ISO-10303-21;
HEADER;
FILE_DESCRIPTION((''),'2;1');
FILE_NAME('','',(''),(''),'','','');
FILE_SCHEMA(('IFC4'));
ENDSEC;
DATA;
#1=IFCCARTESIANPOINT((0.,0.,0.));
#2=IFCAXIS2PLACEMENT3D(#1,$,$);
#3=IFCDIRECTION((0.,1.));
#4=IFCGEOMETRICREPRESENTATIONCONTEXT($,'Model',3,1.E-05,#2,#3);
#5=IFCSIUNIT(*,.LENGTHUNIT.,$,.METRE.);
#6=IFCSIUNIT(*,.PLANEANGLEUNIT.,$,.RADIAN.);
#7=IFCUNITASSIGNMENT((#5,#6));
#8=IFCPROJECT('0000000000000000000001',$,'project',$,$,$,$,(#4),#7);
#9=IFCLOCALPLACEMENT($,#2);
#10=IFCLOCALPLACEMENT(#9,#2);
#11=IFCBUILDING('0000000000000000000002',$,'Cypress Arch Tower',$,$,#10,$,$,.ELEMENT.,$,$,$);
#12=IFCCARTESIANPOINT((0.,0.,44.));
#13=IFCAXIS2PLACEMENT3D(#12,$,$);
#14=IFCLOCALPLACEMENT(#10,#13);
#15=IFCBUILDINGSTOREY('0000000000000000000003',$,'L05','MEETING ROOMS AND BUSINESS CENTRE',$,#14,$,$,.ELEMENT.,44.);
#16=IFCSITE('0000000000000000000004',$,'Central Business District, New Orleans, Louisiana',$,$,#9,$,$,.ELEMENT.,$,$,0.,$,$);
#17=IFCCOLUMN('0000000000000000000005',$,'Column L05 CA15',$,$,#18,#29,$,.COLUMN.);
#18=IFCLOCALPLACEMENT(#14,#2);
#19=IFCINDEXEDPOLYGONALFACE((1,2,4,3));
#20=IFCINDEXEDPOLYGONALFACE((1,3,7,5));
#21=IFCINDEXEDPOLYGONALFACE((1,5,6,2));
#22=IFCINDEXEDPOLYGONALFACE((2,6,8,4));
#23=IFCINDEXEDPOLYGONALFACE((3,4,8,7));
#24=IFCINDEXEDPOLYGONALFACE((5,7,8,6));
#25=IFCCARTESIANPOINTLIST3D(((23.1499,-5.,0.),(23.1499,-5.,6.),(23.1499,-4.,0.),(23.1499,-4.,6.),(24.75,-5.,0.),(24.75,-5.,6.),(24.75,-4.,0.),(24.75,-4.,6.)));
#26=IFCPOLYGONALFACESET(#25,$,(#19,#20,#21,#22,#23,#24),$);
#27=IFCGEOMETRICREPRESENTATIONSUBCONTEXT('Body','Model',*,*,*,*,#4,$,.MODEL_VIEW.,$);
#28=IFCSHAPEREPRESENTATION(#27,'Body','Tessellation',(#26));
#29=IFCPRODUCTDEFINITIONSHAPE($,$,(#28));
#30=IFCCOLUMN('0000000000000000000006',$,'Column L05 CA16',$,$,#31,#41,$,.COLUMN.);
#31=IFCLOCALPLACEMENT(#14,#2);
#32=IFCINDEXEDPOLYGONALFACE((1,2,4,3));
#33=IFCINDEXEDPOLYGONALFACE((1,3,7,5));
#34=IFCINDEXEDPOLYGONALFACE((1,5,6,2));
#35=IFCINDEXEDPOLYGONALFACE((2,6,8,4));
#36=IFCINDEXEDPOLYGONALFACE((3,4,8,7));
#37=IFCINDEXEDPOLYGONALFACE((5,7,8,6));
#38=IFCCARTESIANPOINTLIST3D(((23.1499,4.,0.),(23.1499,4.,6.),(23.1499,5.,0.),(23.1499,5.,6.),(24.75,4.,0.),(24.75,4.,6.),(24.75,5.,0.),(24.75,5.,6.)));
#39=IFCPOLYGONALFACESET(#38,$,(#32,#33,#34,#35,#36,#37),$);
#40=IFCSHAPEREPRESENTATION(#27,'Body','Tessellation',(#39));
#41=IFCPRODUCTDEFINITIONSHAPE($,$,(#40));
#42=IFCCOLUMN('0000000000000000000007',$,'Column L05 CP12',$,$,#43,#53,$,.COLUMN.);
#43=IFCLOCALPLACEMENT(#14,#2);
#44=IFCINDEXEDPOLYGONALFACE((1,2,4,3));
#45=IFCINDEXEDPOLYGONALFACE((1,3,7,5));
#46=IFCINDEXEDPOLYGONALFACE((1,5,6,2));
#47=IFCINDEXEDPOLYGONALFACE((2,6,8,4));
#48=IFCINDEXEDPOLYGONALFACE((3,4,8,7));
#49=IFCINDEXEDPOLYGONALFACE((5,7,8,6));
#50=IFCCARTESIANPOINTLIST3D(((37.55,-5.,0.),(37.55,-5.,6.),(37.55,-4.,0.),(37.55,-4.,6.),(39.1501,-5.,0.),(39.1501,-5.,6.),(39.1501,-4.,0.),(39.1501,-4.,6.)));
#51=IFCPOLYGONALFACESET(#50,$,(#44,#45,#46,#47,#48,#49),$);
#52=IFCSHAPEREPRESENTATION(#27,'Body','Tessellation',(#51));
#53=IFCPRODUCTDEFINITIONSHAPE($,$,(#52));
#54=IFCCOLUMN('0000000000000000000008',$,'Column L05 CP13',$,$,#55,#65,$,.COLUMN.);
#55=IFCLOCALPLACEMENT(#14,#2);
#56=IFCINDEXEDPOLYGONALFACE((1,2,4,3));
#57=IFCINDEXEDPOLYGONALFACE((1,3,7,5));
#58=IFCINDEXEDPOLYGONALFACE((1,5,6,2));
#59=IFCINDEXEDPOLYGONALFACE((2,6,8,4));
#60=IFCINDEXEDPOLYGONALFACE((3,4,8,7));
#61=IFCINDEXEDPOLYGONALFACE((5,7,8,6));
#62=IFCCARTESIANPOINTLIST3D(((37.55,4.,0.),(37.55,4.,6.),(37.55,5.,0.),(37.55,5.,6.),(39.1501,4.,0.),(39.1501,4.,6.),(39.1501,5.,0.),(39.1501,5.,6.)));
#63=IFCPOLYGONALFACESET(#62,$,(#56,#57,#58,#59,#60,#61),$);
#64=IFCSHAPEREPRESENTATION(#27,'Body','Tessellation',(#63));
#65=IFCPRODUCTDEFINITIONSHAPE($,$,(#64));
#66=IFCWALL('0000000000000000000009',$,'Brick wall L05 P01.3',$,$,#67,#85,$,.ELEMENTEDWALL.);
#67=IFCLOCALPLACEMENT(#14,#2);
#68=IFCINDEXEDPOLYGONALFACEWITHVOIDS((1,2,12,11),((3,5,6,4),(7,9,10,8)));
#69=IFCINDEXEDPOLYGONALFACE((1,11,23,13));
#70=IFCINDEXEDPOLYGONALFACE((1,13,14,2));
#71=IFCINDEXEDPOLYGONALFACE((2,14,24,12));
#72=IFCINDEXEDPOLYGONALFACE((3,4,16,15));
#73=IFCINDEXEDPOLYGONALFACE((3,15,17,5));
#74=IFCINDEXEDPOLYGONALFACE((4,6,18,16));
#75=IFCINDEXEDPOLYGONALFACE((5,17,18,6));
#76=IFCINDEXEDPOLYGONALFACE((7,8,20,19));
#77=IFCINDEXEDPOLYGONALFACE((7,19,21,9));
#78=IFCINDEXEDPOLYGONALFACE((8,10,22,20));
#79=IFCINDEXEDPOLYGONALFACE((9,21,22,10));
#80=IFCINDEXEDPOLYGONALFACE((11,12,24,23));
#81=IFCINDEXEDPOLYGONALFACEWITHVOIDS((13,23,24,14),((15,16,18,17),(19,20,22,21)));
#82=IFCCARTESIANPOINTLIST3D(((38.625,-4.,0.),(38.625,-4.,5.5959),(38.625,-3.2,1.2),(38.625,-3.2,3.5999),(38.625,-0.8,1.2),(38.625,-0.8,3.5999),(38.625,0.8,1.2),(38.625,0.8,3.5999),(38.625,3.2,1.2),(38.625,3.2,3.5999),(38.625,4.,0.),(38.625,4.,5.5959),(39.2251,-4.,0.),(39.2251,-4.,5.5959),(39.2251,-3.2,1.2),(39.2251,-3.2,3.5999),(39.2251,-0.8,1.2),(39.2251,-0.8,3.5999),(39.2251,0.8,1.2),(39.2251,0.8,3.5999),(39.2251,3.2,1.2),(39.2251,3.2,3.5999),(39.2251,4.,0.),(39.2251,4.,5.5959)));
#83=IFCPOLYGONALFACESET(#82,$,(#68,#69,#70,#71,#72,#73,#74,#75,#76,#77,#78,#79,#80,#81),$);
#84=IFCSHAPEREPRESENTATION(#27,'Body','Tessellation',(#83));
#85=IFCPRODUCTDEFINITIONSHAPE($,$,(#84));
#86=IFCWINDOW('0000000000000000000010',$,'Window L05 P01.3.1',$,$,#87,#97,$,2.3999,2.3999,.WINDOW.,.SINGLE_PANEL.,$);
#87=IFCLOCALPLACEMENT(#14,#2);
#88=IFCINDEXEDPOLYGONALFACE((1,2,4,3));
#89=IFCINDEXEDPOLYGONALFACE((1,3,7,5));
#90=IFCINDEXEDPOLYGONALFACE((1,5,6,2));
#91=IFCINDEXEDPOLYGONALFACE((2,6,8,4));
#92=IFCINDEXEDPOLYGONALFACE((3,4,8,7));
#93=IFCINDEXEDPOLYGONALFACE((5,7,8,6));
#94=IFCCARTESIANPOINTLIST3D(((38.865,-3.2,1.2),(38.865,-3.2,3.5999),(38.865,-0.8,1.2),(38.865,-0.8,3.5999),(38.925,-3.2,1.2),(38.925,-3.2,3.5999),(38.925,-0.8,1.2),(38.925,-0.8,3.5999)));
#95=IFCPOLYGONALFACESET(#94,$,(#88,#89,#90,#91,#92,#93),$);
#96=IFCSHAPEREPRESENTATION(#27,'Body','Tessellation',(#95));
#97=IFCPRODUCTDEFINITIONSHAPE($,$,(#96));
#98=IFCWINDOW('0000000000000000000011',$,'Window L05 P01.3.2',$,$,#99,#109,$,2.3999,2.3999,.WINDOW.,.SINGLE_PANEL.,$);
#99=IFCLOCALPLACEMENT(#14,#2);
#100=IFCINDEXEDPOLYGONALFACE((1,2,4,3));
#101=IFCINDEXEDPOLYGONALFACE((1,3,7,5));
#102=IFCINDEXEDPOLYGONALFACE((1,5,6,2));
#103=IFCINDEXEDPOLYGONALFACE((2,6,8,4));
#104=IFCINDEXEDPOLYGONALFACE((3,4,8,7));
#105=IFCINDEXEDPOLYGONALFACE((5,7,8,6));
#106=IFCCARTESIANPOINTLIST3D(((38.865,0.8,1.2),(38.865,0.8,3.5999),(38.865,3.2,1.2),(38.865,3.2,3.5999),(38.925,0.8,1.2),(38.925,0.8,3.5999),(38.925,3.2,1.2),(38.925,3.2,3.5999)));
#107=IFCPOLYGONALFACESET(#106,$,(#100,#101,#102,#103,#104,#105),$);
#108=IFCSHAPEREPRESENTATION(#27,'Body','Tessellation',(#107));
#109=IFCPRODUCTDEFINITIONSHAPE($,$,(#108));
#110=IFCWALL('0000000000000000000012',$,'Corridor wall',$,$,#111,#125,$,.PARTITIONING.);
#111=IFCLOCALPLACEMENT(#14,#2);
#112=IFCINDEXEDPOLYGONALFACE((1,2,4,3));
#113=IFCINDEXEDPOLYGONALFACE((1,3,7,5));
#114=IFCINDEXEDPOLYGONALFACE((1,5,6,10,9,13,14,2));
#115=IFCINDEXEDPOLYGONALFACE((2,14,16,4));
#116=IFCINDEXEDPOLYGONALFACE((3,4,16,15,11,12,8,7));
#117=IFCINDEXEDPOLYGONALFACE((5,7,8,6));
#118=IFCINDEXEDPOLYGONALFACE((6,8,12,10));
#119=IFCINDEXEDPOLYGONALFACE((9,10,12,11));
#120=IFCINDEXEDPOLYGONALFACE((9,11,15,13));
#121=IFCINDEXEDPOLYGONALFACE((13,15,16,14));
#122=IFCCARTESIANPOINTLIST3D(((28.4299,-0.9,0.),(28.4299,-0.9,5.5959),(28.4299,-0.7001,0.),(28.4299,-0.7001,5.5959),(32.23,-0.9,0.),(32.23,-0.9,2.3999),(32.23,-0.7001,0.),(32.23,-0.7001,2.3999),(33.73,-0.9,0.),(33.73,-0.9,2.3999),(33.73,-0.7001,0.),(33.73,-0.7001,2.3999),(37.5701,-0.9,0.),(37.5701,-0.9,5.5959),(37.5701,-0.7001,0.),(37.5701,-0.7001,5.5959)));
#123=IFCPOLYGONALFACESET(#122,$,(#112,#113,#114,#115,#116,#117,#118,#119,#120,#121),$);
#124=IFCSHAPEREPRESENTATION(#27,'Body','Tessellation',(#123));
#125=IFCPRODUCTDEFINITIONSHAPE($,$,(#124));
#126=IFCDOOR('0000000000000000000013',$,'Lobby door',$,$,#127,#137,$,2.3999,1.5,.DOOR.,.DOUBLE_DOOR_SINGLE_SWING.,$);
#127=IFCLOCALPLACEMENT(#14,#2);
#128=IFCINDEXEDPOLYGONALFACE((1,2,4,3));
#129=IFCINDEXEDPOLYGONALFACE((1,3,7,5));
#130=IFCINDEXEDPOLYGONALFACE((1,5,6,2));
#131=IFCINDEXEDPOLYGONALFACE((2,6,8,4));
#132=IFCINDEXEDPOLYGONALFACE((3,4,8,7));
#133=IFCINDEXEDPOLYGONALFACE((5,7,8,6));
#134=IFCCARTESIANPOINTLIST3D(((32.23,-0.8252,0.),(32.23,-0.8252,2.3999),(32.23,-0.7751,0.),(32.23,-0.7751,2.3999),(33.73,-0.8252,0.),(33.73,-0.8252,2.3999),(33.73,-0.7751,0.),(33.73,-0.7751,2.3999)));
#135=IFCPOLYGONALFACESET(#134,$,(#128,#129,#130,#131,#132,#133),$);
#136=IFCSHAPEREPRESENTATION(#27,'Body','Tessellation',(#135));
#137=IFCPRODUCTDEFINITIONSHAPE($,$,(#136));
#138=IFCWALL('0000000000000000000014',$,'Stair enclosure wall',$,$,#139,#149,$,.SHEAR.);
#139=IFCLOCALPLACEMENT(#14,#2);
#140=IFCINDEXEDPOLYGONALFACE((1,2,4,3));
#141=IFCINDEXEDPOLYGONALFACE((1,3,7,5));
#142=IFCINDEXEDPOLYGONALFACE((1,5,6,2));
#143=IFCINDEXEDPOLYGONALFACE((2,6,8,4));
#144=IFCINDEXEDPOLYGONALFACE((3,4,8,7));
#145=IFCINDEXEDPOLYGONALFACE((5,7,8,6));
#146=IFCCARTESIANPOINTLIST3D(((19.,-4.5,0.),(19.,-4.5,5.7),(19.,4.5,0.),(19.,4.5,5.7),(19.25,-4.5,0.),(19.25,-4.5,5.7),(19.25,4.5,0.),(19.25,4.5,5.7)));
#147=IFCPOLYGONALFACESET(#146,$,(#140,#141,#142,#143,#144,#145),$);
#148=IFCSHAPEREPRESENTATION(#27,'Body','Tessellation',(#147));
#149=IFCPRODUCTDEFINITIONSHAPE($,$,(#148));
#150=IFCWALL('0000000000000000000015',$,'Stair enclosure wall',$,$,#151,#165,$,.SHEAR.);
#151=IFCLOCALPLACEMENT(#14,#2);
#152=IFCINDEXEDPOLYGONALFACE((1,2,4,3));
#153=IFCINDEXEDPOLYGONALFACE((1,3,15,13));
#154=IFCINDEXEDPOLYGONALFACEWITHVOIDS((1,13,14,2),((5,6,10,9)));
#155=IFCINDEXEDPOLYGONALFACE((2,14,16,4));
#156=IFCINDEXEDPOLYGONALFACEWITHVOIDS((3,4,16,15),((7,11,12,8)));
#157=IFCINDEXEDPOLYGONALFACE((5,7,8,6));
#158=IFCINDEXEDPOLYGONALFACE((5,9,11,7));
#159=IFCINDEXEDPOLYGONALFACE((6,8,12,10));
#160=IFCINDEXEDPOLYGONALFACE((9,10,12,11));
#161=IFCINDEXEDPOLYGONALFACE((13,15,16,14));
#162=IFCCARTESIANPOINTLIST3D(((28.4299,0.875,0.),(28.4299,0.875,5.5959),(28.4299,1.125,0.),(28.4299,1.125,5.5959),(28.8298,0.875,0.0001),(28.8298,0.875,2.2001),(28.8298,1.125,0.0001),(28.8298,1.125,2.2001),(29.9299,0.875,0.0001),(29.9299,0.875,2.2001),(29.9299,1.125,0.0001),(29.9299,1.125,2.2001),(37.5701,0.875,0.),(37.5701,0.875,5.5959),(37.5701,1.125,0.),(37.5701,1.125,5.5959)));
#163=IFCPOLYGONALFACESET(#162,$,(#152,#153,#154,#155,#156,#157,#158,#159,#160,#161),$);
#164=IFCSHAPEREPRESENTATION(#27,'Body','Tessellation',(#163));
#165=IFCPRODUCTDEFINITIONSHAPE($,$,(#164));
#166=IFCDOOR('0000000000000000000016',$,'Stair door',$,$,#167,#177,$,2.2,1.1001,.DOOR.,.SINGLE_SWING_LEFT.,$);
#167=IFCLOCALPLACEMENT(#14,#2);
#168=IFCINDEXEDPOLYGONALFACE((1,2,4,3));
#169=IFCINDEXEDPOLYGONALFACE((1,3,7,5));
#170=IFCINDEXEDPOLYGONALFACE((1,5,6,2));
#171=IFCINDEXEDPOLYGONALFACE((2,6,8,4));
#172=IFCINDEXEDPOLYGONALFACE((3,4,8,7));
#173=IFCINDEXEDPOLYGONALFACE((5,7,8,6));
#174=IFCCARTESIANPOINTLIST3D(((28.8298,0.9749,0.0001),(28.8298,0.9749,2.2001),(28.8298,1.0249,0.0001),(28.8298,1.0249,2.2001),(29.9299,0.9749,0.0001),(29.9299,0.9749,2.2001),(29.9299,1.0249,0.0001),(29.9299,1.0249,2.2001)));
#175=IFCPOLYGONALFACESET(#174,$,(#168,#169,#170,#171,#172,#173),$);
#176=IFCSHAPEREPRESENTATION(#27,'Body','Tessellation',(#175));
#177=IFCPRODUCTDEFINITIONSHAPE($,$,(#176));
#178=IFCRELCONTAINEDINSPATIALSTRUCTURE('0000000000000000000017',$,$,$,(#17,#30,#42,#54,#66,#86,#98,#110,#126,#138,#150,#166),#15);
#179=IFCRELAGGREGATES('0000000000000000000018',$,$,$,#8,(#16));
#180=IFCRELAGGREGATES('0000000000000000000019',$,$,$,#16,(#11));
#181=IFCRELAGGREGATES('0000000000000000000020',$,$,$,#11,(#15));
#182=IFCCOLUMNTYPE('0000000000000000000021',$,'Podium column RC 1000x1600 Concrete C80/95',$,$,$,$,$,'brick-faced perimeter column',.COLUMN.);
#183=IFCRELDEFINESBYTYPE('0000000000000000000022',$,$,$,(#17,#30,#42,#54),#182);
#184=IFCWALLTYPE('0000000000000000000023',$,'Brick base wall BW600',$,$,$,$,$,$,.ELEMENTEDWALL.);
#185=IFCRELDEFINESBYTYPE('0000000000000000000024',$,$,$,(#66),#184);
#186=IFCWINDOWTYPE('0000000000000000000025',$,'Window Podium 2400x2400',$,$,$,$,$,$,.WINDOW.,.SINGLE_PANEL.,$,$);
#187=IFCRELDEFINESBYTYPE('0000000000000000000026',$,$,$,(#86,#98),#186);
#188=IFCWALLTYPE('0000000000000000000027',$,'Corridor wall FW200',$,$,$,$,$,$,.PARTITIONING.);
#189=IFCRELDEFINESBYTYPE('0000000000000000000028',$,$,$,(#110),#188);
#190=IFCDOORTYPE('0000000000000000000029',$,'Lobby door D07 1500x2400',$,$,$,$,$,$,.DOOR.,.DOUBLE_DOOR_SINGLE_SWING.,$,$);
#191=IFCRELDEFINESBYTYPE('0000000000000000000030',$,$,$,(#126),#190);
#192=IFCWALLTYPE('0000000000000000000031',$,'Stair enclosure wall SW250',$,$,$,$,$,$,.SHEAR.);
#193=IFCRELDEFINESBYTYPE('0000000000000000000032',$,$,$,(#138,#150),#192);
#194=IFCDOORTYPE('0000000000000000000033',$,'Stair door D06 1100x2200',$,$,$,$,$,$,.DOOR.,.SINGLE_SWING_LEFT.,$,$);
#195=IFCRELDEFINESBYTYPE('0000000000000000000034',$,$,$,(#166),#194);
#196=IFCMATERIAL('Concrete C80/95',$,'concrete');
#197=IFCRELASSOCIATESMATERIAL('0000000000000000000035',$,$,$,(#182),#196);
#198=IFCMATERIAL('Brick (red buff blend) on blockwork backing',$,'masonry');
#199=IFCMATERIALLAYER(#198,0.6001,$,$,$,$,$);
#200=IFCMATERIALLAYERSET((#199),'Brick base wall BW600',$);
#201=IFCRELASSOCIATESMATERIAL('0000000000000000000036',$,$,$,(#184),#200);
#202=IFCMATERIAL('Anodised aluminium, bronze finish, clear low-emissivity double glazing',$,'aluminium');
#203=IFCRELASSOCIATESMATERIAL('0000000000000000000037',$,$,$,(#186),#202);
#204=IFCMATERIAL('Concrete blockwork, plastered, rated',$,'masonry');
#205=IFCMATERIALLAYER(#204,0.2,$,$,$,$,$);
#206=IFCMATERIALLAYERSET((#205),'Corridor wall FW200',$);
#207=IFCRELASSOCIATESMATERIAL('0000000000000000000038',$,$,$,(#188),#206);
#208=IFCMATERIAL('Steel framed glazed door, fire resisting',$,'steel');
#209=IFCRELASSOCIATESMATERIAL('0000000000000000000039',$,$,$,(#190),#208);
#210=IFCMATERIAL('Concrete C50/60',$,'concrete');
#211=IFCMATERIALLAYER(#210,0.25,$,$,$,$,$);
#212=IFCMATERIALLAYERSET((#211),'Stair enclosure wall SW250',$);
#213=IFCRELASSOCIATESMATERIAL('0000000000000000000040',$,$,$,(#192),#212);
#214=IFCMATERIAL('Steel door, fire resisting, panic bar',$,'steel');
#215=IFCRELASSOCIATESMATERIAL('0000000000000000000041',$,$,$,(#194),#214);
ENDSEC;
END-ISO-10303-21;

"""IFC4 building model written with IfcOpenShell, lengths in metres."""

from ifc_helpers import new_model, si_unit, direction, frame, frame_2d, origin, origin_2d, place, context, subcontext, project, spatial, rectangle, extrude, material, layer, layer_set, material_profile, profile_set, type_object, element, fill, save


model = new_model("IFC4")

# Units and contexts
model_context = context("Model", 3, precision=1e-05, world=origin(), true_north=direction((0.0, 1.0)))
body_context = subcontext(model_context, "Body", "Model", "MODEL_VIEW")
ifc_project = project(units=[si_unit("LENGTHUNIT", "METRE"), si_unit("PLANEANGLEUNIT", "RADIAN")], contexts=[model_context])

# Site, building, storey
site_placement = place(None, origin())
site = spatial("IfcSite", under=ifc_project, at=site_placement, Name="Central Business District, New Orleans, Louisiana", CompositionType="ELEMENT", RefElevation=0.0)
building_placement = place(site_placement, origin())
building = spatial("IfcBuilding", under=site, at=building_placement, Name="Cypress Arch Tower", CompositionType="ELEMENT")
storey_placement = place(building_placement, frame((0.0, 0.0, 44.0)))
storey = spatial("IfcBuildingStorey", under=building, at=storey_placement, Name="L05", Description="MEETING ROOMS AND BUSINESS CENTRE", CompositionType="ELEMENT", Elevation=44.0)

# Columns
ifc_material_1 = material(Name="Concrete C80/95", Category="concrete")
ifc_material_profile = material_profile(ifc_material_1, rectangle(XDim=1.0, YDim=1.6001, at=origin_2d()), Name="RC 1000x1600")
ifc_profile_set = profile_set([ifc_material_profile], Name="Concrete C80/95")
column_type = type_object("IfcColumnType", Name="Podium column RC 1000x1600 Concrete C80/95", ElementType="brick-faced perimeter column", PredefinedType="COLUMN", material=ifc_profile_set)
for number, where, z_axis, x_axis, name in (
    (1, (23.95, -4.5, 0.0), (0.0, 0.0, 1.0), (0.0, 1.0, 0.0), "Column L05 CA15"),
    (2, (23.95, 4.5, 0.0), (0.0, 0.0, 1.0), (0.0, 1.0, 0.0), "Column L05 CA16"),
    (3, (38.3501, -4.5, 0.0), (0.0, 0.0, 1.0), (0.0, 1.0, 0.0), "Column L05 CP12"),
    (4, (38.3501, 4.5, 0.0), (0.0, 0.0, 1.0), (0.0, 1.0, 0.0), "Column L05 CP13"),
):
    element("IfcColumn", number, at=place(storey_placement, frame(where, z_axis=z_axis, x_axis=x_axis)), inside=storey, type_object=column_type, Name=name, PredefinedType="COLUMN", context=body_context, shape_type="SweptSolid", body=[
        extrude(rectangle(XDim=1.0, YDim=1.6001, at=origin_2d()), origin(), (0.0, 0.0, 1.0), 6.0),
    ])

# Wall, openings, windows
ifc_material_2 = material(Name="Brick (red buff blend) on blockwork backing", Category="masonry")
ifc_layer_1 = layer(ifc_material_2, 0.6001)
ifc_layer_set_1 = layer_set([ifc_layer_1], Name="Brick base wall BW600")
wall_type_1 = type_object("IfcWallType", Name="Brick base wall BW600", PredefinedType="ELEMENTEDWALL", material=ifc_layer_set_1)
wall_1_placement = place(storey_placement, frame((38.925, -4.0, 0.0), z_axis=(0.0, 0.0, 1.0), x_axis=(0.0, 1.0, 0.0)))
wall_1 = element("IfcWall", 5, at=wall_1_placement, inside=storey, type_object=wall_type_1, Name="Brick wall L05 P01.3", PredefinedType="ELEMENTEDWALL", context=body_context, shape_type="SweptSolid", body=[
    extrude(rectangle(XDim=8.0, YDim=0.6001, at=frame_2d((4.0, 0.0))), origin(), (0.0, 0.0, 1.0), 5.5959),
])
opening_1_placement = place(wall_1_placement, frame((0.8, 0.0, 1.2)))
opening_1 = element("IfcOpeningElement", 6, at=opening_1_placement, cuts=wall_1, PredefinedType="OPENING", context=body_context, shape_type="SweptSolid", body=[
    extrude(rectangle(XDim=2.3999, YDim=2.3999, at=frame_2d((1.2, 1.2))), frame((0.0, 0.3101, 0.0), z_axis=(0.0, -1.0, 0.0), x_axis=(1.0, 0.0, 0.0)), (0.0, 0.0, 1.0), 0.6201),
])
opening_2_placement = place(wall_1_placement, frame((4.8, 0.0, 1.2)))
opening_2 = element("IfcOpeningElement", 7, at=opening_2_placement, cuts=wall_1, PredefinedType="OPENING", context=body_context, shape_type="SweptSolid", body=[
    extrude(rectangle(XDim=2.3999, YDim=2.3999, at=frame_2d((1.2, 1.2))), frame((0.0, 0.3101, 0.0), z_axis=(0.0, -1.0, 0.0), x_axis=(1.0, 0.0, 0.0)), (0.0, 0.0, 1.0), 0.6201),
])
ifc_material_3 = material(Name="Anodised aluminium, bronze finish, clear low-emissivity double glazing", Category="aluminium")
window_type = type_object("IfcWindowType", Name="Window Podium 2400x2400", PartitioningType="SINGLE_PANEL", PredefinedType="WINDOW", material=ifc_material_3)
window_1_placement = place(opening_1_placement, origin())
window_1 = element("IfcWindow", 8, at=window_1_placement, inside=storey, type_object=window_type, Name="Window L05 P01.3.1", OverallHeight=2.3999, OverallWidth=2.3999, PartitioningType="SINGLE_PANEL", PredefinedType="WINDOW", context=body_context, shape_type="SweptSolid", body=[
    extrude(rectangle(XDim=2.3999, YDim=2.3999, at=frame_2d((1.2, 1.2))), frame((0.0, 0.0601, 0.0), z_axis=(0.0, -1.0, 0.0), x_axis=(1.0, 0.0, 0.0)), (0.0, 0.0, 1.0), 0.0601),
])
fill(opening_1, window_1)
window_2_placement = place(opening_2_placement, origin())
window_2 = element("IfcWindow", 9, at=window_2_placement, inside=storey, type_object=window_type, Name="Window L05 P01.3.2", OverallHeight=2.3999, OverallWidth=2.3999, PartitioningType="SINGLE_PANEL", PredefinedType="WINDOW", context=body_context, shape_type="SweptSolid", body=[
    extrude(rectangle(XDim=2.3999, YDim=2.3999, at=frame_2d((1.2, 1.2))), frame((0.0, 0.0601, 0.0), z_axis=(0.0, -1.0, 0.0), x_axis=(1.0, 0.0, 0.0)), (0.0, 0.0, 1.0), 0.0601),
])
fill(opening_2, window_2)

# Wall, opening, door
ifc_material_4 = material(Name="Concrete blockwork, plastered, rated", Category="masonry")
ifc_layer_2 = layer(ifc_material_4, 0.2)
ifc_layer_set_2 = layer_set([ifc_layer_2], Name="Corridor wall FW200")
wall_type_2 = type_object("IfcWallType", Name="Corridor wall FW200", PredefinedType="PARTITIONING", material=ifc_layer_set_2)
wall_2_placement = place(storey_placement, frame((28.4299, -0.8, 0.0), z_axis=(0.0, 0.0, 1.0), x_axis=(1.0, 0.0, 0.0)))
wall_2 = element("IfcWall", 10, at=wall_2_placement, inside=storey, type_object=wall_type_2, Name="Corridor wall", PredefinedType="PARTITIONING", context=body_context, shape_type="SweptSolid", body=[
    extrude(rectangle(XDim=9.1401, YDim=0.2, at=frame_2d((4.5701, 0.0))), origin(), (0.0, 0.0, 1.0), 5.5959),
])
opening_3_placement = place(wall_2_placement, frame((3.8, 0.0, 0.0)))
opening_3 = element("IfcOpeningElement", 11, at=opening_3_placement, cuts=wall_2, PredefinedType="OPENING", context=body_context, shape_type="SweptSolid", body=[
    extrude(rectangle(XDim=1.5, YDim=2.3999, at=frame_2d((0.75, 1.2))), frame((0.0, 0.1099, 0.0), z_axis=(0.0, -1.0, 0.0), x_axis=(1.0, 0.0, 0.0)), (0.0, 0.0, 1.0), 0.22),
])
ifc_material_5 = material(Name="Steel framed glazed door, fire resisting", Category="steel")
door_type_1 = type_object("IfcDoorType", Name="Lobby door D07 1500x2400", OperationType="DOUBLE_DOOR_SINGLE_SWING", PredefinedType="DOOR", material=ifc_material_5)
door_1_placement = place(opening_3_placement, origin())
door_1 = element("IfcDoor", 12, at=door_1_placement, inside=storey, type_object=door_type_1, Name="Lobby door", OperationType="DOUBLE_DOOR_SINGLE_SWING", OverallHeight=2.3999, OverallWidth=1.5, PredefinedType="DOOR", context=body_context, shape_type="SweptSolid", body=[
    extrude(rectangle(XDim=1.5, YDim=2.3999, at=frame_2d((0.75, 1.2))), frame((0.0, 0.0249, 0.0), z_axis=(0.0, -1.0, 0.0), x_axis=(1.0, 0.0, 0.0)), (0.0, 0.0, 1.0), 0.05),
])
fill(opening_3, door_1)

# Wall
ifc_material_6 = material(Name="Concrete C50/60", Category="concrete")
ifc_layer_3 = layer(ifc_material_6, 0.25)
ifc_layer_set_3 = layer_set([ifc_layer_3], Name="Stair enclosure wall SW250")
wall_type_3 = type_object("IfcWallType", Name="Stair enclosure wall SW250", PredefinedType="SHEAR", material=ifc_layer_set_3)
wall_3_placement = place(storey_placement, frame((19.125, -4.5, 0.0), z_axis=(0.0, 0.0, 1.0), x_axis=(0.0, 1.0, 0.0)))
element("IfcWall", 13, at=wall_3_placement, inside=storey, type_object=wall_type_3, Name="Stair enclosure wall", PredefinedType="SHEAR", context=body_context, shape_type="SweptSolid", body=[
    extrude(rectangle(XDim=9.0, YDim=0.25, at=frame_2d((4.5, 0.0))), origin(), (0.0, 0.0, 1.0), 5.7),
])

# Wall, opening, door
wall_4_placement = place(storey_placement, frame((28.4299, 1.0, 0.0), z_axis=(0.0, 0.0, 1.0), x_axis=(1.0, 0.0, 0.0)))
wall_4 = element("IfcWall", 14, at=wall_4_placement, inside=storey, type_object=wall_type_3, Name="Stair enclosure wall", PredefinedType="SHEAR", context=body_context, shape_type="SweptSolid", body=[
    extrude(rectangle(XDim=9.1401, YDim=0.25, at=frame_2d((4.5701, 0.0))), origin(), (0.0, 0.0, 1.0), 5.5959),
])
opening_4_placement = place(wall_4_placement, frame((0.3999, 0.0, 0.0)))
opening_4 = element("IfcOpeningElement", 15, at=opening_4_placement, cuts=wall_4, PredefinedType="OPENING", context=body_context, shape_type="SweptSolid", body=[
    extrude(rectangle(XDim=1.1001, YDim=2.2, at=frame_2d((0.55, 1.1001))), frame((0.0, 0.135, 0.0), z_axis=(0.0, -1.0, 0.0), x_axis=(1.0, 0.0, 0.0)), (0.0, 0.0, 1.0), 0.27),
])
ifc_material_7 = material(Name="Steel door, fire resisting, panic bar", Category="steel")
door_type_2 = type_object("IfcDoorType", Name="Stair door D06 1100x2200", OperationType="SINGLE_SWING_LEFT", PredefinedType="DOOR", material=ifc_material_7)
door_2_placement = place(opening_4_placement, origin())
door_2 = element("IfcDoor", 16, at=door_2_placement, inside=storey, type_object=door_type_2, Name="Stair door", OperationType="SINGLE_SWING_LEFT", OverallHeight=2.2, OverallWidth=1.1001, PredefinedType="DOOR", context=body_context, shape_type="SweptSolid", body=[
    extrude(rectangle(XDim=1.1001, YDim=2.2, at=frame_2d((0.55, 1.1001))), frame((0.0, 0.0249, 0.0), z_axis=(0.0, -1.0, 0.0), x_axis=(1.0, 0.0, 0.0)), (0.0, 0.0, 1.0), 0.05),
])
fill(opening_4, door_2)

save(model, "model.ifc")
